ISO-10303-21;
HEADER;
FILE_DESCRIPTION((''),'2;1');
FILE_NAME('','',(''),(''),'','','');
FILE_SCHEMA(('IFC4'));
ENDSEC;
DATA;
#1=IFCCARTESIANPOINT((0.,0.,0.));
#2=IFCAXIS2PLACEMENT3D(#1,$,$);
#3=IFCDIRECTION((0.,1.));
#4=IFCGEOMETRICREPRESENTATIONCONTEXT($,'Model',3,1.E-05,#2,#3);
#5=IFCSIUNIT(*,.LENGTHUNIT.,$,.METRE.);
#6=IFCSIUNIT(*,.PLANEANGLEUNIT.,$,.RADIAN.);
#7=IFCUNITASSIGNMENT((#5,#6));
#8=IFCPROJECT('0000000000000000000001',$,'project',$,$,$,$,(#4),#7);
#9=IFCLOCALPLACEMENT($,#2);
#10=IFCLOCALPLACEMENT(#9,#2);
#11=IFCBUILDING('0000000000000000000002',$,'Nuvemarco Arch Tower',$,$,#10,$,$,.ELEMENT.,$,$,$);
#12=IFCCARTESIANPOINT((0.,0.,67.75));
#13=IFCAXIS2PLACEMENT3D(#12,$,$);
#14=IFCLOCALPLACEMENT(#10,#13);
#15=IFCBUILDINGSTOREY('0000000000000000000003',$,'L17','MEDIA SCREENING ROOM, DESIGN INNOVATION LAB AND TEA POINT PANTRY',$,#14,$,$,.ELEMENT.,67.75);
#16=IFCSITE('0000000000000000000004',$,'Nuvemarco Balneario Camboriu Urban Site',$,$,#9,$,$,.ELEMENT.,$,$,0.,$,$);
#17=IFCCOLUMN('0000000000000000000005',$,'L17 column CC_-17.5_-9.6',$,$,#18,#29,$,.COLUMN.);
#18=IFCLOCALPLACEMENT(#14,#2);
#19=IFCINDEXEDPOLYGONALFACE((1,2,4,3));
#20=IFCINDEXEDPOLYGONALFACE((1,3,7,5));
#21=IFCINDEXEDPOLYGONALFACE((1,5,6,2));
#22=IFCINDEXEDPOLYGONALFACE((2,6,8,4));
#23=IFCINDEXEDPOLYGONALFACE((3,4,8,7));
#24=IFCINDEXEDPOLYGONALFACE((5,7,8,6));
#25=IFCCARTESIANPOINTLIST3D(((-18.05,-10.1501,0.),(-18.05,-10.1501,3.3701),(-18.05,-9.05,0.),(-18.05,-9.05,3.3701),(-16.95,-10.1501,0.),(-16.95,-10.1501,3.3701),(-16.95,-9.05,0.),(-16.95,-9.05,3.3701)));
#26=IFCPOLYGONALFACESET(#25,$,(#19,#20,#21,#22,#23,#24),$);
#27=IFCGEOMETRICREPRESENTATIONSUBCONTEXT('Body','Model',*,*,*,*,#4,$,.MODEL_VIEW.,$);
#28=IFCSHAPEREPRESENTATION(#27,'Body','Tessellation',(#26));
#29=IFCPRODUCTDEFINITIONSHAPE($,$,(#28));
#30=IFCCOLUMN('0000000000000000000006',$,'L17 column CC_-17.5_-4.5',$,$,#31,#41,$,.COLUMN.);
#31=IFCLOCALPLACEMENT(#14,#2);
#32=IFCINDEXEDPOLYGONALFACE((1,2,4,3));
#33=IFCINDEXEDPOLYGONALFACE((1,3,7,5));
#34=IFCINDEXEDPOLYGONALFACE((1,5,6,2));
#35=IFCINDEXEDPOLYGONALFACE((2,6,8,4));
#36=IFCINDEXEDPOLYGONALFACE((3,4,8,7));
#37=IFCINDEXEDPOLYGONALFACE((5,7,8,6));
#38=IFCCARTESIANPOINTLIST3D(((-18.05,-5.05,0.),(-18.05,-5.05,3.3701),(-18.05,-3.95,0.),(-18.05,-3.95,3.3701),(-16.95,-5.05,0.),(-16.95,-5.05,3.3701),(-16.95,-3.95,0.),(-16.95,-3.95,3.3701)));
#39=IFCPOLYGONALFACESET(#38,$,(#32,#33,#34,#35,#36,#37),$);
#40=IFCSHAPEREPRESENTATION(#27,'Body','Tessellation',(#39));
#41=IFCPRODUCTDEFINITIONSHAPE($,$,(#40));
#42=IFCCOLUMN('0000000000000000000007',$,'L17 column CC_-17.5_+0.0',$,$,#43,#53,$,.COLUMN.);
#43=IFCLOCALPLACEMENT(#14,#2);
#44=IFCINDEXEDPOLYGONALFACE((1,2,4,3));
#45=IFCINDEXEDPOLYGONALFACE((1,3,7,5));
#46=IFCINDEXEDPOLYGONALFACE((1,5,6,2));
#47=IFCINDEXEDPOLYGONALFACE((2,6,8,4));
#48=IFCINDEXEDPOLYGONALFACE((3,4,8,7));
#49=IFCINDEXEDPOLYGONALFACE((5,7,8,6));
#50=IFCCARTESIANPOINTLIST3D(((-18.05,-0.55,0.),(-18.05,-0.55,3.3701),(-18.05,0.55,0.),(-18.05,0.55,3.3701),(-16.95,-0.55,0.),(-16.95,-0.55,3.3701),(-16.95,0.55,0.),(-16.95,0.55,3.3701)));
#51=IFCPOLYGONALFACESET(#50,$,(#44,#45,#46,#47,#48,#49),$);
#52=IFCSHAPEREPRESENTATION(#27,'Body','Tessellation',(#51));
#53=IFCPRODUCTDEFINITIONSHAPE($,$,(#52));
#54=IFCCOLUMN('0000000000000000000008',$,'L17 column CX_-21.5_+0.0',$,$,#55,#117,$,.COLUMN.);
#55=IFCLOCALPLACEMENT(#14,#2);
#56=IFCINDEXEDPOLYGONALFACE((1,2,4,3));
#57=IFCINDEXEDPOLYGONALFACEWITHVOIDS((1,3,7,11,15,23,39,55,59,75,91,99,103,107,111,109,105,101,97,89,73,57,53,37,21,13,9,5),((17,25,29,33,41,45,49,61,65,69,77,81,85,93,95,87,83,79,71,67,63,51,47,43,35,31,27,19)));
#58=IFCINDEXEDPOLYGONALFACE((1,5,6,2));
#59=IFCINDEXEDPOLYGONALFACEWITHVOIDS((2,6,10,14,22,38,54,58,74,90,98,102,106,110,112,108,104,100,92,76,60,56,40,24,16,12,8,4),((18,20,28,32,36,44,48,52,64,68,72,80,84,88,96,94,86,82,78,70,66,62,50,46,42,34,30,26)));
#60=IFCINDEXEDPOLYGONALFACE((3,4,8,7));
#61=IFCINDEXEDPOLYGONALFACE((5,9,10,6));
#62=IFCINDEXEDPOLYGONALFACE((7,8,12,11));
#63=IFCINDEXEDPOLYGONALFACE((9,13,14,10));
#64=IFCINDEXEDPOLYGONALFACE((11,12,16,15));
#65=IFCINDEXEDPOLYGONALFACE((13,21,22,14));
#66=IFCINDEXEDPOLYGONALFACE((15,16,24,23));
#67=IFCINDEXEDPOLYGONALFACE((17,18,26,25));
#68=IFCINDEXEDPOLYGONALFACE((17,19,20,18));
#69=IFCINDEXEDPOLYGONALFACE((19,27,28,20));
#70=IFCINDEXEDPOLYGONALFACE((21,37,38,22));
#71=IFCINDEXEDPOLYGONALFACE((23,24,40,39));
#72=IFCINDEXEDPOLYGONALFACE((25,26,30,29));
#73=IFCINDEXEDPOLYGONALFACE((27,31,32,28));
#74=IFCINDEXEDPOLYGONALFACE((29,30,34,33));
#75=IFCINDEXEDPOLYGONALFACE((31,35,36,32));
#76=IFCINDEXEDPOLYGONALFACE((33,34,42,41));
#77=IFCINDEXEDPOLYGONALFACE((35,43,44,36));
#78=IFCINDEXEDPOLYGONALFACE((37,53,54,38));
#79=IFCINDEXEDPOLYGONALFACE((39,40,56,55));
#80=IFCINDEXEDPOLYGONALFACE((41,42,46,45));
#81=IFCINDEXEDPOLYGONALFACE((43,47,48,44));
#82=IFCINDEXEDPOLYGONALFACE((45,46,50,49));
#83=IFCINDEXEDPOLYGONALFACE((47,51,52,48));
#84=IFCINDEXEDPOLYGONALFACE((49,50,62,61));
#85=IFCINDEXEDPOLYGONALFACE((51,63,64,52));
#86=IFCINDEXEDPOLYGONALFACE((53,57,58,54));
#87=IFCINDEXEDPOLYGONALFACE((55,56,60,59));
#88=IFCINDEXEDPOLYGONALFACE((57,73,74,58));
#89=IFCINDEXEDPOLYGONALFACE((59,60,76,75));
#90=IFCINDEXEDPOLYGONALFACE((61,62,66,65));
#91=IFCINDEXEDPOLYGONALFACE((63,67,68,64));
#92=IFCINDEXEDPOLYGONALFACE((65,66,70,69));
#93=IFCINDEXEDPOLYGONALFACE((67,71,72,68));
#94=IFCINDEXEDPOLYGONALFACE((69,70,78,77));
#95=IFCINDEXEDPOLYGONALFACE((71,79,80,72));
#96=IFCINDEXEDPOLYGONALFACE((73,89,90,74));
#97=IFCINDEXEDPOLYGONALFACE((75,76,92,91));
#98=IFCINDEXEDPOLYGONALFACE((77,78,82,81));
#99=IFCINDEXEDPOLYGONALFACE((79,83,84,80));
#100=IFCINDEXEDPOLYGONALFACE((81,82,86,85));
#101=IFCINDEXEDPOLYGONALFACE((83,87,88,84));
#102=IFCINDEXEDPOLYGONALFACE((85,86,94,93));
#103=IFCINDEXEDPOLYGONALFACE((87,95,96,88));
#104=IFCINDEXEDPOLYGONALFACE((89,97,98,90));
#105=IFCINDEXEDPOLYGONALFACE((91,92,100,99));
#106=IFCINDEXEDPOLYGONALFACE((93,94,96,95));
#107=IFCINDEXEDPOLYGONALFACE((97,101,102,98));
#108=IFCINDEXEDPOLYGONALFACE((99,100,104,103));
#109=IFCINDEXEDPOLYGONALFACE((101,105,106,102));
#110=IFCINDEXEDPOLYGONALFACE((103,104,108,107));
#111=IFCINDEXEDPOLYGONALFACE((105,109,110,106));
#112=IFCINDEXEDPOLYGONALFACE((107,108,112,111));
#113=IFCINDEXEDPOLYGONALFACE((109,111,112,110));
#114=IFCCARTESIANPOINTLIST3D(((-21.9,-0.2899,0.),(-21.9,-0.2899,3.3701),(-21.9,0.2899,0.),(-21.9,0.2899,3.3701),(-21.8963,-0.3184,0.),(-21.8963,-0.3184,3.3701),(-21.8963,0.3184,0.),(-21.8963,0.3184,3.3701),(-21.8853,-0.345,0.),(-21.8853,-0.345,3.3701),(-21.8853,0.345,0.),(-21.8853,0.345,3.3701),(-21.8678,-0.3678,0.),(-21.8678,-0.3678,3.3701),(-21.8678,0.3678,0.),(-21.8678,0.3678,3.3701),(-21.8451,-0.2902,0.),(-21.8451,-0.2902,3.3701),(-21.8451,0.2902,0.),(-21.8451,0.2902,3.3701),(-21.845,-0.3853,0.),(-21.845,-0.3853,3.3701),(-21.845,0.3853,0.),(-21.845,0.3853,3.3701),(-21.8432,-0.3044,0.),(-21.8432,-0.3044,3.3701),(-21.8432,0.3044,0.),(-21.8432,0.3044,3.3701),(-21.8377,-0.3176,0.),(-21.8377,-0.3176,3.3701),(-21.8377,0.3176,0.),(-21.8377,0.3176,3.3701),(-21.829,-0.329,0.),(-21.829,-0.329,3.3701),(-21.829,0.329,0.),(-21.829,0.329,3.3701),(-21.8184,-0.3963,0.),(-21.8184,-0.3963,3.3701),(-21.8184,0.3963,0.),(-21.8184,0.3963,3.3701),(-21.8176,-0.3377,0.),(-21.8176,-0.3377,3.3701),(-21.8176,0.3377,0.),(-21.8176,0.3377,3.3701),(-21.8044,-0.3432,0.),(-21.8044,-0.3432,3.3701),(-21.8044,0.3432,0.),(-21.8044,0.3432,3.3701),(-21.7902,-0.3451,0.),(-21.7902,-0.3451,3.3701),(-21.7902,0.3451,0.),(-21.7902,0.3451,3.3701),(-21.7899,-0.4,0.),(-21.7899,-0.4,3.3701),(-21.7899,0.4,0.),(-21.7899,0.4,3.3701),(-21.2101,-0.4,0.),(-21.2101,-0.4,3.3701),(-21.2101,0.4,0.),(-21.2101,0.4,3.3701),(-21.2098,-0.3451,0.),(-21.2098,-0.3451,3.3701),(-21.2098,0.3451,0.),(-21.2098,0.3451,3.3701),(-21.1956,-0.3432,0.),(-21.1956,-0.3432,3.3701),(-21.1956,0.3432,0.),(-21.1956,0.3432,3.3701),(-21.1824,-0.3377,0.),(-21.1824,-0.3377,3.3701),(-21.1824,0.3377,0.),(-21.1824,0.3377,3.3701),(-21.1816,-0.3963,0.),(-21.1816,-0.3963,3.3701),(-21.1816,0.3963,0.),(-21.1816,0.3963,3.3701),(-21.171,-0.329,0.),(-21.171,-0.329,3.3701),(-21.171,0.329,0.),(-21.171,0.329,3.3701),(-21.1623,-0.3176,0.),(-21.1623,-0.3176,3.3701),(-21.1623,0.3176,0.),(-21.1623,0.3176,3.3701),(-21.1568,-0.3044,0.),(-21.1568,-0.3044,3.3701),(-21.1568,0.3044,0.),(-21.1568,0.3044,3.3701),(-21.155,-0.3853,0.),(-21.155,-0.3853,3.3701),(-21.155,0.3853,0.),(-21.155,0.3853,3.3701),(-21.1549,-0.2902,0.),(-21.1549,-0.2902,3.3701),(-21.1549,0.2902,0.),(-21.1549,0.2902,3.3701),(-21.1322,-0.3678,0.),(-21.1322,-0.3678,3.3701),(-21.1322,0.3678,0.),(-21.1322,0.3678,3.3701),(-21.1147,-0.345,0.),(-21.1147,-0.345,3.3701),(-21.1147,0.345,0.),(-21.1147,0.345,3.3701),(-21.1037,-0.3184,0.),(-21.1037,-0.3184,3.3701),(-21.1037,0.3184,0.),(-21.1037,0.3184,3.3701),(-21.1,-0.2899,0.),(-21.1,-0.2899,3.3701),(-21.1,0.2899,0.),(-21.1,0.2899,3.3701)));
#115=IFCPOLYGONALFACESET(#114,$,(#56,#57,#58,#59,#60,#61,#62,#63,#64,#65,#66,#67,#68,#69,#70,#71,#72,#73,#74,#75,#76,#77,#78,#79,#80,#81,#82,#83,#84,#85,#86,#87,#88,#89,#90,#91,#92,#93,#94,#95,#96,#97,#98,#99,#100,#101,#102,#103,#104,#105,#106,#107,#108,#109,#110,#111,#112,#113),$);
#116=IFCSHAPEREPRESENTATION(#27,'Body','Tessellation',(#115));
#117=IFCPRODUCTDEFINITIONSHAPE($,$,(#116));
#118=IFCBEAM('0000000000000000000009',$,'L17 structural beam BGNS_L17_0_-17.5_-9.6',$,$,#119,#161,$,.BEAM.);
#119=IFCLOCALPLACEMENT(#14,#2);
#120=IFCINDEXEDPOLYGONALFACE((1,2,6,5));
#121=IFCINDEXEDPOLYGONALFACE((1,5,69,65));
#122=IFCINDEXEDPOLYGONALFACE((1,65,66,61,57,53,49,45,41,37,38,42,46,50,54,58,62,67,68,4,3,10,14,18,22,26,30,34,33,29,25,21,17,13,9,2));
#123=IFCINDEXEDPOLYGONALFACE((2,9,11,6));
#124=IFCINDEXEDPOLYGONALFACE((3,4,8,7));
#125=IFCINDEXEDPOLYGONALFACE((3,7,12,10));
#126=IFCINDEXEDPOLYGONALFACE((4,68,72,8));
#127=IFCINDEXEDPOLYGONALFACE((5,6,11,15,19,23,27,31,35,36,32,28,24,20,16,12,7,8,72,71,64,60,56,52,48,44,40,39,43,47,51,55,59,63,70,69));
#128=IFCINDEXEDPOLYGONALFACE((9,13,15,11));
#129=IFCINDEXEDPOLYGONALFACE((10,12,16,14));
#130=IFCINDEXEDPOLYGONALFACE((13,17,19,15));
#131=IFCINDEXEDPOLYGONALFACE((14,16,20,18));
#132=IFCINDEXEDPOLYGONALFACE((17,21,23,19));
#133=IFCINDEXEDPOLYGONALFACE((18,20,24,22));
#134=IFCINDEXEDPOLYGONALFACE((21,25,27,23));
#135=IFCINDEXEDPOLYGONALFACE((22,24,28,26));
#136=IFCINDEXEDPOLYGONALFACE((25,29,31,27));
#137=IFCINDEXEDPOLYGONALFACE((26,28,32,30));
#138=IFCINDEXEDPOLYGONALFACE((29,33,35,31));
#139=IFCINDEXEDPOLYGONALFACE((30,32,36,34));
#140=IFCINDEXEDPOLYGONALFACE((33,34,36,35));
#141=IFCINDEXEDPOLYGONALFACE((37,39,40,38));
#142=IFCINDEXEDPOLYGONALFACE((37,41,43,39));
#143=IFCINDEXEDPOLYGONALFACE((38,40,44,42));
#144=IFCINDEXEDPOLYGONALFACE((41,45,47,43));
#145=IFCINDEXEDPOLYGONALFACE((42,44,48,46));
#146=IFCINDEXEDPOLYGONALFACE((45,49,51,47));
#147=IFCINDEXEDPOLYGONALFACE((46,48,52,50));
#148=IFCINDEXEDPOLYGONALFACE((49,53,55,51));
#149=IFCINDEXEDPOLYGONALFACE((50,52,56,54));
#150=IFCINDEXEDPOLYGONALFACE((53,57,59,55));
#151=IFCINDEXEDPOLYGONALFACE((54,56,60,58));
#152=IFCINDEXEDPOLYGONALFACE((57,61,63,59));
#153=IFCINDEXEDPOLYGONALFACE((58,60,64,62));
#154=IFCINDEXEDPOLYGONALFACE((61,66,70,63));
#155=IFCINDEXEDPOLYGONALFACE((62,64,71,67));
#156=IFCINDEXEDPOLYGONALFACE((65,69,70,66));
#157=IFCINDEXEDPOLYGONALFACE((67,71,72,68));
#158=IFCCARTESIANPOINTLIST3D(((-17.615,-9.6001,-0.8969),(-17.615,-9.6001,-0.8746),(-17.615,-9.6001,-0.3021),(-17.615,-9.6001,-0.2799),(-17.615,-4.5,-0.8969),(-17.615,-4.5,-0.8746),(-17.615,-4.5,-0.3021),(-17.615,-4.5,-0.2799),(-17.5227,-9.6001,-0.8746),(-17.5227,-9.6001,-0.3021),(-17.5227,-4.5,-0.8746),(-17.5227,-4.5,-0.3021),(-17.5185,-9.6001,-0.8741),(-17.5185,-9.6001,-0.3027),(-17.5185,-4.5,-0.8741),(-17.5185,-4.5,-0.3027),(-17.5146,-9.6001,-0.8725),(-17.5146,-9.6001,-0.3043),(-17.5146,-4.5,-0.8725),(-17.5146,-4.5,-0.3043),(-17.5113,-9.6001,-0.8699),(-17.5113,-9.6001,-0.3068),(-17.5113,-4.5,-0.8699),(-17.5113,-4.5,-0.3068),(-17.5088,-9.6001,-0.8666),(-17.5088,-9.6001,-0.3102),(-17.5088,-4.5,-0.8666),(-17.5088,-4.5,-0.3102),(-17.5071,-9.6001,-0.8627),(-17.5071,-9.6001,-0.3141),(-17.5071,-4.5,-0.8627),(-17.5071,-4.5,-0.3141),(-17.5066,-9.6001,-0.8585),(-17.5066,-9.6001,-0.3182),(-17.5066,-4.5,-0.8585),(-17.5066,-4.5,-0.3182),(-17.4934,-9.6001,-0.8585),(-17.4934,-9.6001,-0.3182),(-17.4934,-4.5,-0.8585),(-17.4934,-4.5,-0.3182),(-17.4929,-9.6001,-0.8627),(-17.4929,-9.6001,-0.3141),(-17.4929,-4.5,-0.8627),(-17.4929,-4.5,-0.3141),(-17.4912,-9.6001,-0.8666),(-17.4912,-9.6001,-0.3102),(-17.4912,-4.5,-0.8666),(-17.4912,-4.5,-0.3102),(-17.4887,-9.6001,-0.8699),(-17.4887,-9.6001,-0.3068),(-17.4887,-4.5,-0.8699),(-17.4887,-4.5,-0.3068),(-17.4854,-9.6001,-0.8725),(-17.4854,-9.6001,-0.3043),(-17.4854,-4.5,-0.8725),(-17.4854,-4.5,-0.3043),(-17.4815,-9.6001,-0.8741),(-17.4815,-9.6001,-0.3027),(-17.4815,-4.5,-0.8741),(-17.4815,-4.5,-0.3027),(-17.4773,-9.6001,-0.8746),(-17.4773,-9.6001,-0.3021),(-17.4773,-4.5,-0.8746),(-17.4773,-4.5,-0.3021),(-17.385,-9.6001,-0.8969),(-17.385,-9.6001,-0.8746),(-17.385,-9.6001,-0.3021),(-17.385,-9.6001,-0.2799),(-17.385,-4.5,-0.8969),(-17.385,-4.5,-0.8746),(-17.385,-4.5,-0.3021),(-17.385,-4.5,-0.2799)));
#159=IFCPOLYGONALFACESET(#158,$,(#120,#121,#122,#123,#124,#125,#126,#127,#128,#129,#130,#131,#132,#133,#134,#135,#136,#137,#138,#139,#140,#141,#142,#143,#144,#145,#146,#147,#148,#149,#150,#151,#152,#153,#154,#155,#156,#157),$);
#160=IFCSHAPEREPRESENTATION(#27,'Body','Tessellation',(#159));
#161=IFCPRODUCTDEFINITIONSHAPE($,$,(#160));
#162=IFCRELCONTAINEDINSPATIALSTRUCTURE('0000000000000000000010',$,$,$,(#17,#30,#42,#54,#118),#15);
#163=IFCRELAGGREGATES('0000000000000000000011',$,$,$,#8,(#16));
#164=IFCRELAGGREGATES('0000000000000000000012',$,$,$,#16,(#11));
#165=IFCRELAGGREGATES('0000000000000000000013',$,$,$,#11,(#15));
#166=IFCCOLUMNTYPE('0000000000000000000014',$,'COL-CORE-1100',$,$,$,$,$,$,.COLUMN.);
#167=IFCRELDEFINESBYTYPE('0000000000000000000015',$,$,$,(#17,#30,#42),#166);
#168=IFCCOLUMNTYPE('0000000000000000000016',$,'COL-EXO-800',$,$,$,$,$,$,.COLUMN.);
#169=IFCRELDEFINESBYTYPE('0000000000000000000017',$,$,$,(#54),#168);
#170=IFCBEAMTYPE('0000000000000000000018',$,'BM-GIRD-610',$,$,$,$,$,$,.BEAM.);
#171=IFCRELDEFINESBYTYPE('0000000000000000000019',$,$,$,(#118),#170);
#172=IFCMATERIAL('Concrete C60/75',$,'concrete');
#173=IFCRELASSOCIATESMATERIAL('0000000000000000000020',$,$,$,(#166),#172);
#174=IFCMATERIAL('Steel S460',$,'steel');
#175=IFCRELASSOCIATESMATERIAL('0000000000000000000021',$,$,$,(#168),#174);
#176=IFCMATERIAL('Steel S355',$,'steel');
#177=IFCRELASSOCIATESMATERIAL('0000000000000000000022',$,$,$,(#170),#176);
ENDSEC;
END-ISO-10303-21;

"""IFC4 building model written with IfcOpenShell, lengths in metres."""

from ifc_helpers import new_model, si_unit, direction, frame, origin, origin_2d, place, context, subcontext, project, spatial, rectangle, hollow_rectangle, i_section, extrude, material, material_profile, profile_set, type_object, element, save


model = new_model("IFC4")

# Units and contexts
model_context = context("Model", 3, precision=1e-05, world=origin(), true_north=direction((0.0, 1.0)))
body_context = subcontext(model_context, "Body", "Model", "MODEL_VIEW")
ifc_project = project(units=[si_unit("LENGTHUNIT", "METRE"), si_unit("PLANEANGLEUNIT", "RADIAN")], contexts=[model_context])

# Site, building, storey
site_placement = place(None, origin())
site = spatial("IfcSite", under=ifc_project, at=site_placement, Name="Nuvemarco Balneario Camboriu Urban Site", CompositionType="ELEMENT", RefElevation=0.0)
building_placement = place(site_placement, origin())
building = spatial("IfcBuilding", under=site, at=building_placement, Name="Nuvemarco Arch Tower", CompositionType="ELEMENT")
storey_placement = place(building_placement, frame((0.0, 0.0, 67.75)))
storey = spatial("IfcBuildingStorey", under=building, at=storey_placement, Name="L17", Description="MEDIA SCREENING ROOM, DESIGN INNOVATION LAB AND TEA POINT PANTRY", CompositionType="ELEMENT", Elevation=67.75)

# Columns
ifc_material_1 = material(Name="Concrete C60/75", Category="concrete")
ifc_material_profile_1 = material_profile(ifc_material_1, rectangle(XDim=1.1001, YDim=1.1001, at=origin_2d()), Name="RC-COL-1100x1100")
ifc_profile_set_1 = profile_set([ifc_material_profile_1], Name="Concrete C60/75")
column_type_1 = type_object("IfcColumnType", Name="COL-CORE-1100", PredefinedType="COLUMN", material=ifc_profile_set_1)
for number, where, z_axis, x_axis, name in (
    (1, (-17.5, -9.6001, 0.0), (0.0, 0.0, 1.0), (1.0, 0.0, 0.0), "L17 column CC_-17.5_-9.6"),
    (2, (-17.5, -4.5, 0.0), (0.0, 0.0, 1.0), (1.0, 0.0, 0.0), "L17 column CC_-17.5_-4.5"),
    (3, (-17.5, 0.0, 0.0), (0.0, 0.0, 1.0), (1.0, 0.0, 0.0), "L17 column CC_-17.5_+0.0"),
):
    element("IfcColumn", number, at=place(storey_placement, frame(where, z_axis=z_axis, x_axis=x_axis)), inside=storey, type_object=column_type_1, Name=name, PredefinedType="COLUMN", context=body_context, shape_type="SweptSolid", body=[
        extrude(rectangle(XDim=1.1001, YDim=1.1001, at=origin_2d()), origin(), (0.0, 0.0, 1.0), 3.3701),
    ])
ifc_material_2 = material(Name="Steel S460", Category="steel")
ifc_material_profile_2 = material_profile(ifc_material_2, hollow_rectangle(XDim=0.8, YDim=0.8, WallThickness=0.0549, InnerFilletRadius=0.0549, OuterFilletRadius=0.1101, at=origin_2d()), Name="SHS800x800x55")
ifc_profile_set_2 = profile_set([ifc_material_profile_2], Name="Steel S460")
column_type_2 = type_object("IfcColumnType", Name="COL-EXO-800", PredefinedType="COLUMN", material=ifc_profile_set_2)
column_placement = place(storey_placement, frame((-21.5, 0.0, 0.0), z_axis=(0.0, 0.0, 1.0), x_axis=(1.0, 0.0, 0.0)))
element("IfcColumn", 4, at=column_placement, inside=storey, type_object=column_type_2, Name="L17 column CX_-21.5_+0.0", PredefinedType="COLUMN", context=body_context, shape_type="SweptSolid", body=[
    extrude(hollow_rectangle(XDim=0.8, YDim=0.8, WallThickness=0.0549, InnerFilletRadius=0.0549, OuterFilletRadius=0.1101, at=origin_2d()), origin(), (0.0, 0.0, 1.0), 3.3701),
])

# Beam
ifc_material_3 = material(Name="Steel S355", Category="steel")
ifc_material_profile_3 = material_profile(ifc_material_3, i_section(OverallWidth=0.23, OverallDepth=0.6169, WebThickness=0.0132, FlangeThickness=0.0222, FilletRadius=0.0161, at=origin_2d()), Name="W610x140")
ifc_profile_set_3 = profile_set([ifc_material_profile_3], Name="Steel S355")
beam_type_1 = type_object("IfcBeamType", Name="BM-GIRD-610", PredefinedType="BEAM", material=ifc_profile_set_3)
beam_1_placement = place(storey_placement, frame((-17.5, -9.6001, -0.5884), z_axis=(0.0, 1.0, 0.0), x_axis=(-1.0, 0.0, 0.0)))
element("IfcBeam", 5, at=beam_1_placement, inside=storey, type_object=beam_type_1, Name="L17 structural beam BGNS_L17_0_-17.5_-9.6", PredefinedType="BEAM", context=body_context, shape_type="SweptSolid", body=[
    extrude(i_section(OverallWidth=0.23, OverallDepth=0.6169, WebThickness=0.0132, FlangeThickness=0.0222, FilletRadius=0.0161, at=origin_2d()), origin(), (0.0, 0.0, 1.0), 5.1001),
])

save(model, "model.ifc")
